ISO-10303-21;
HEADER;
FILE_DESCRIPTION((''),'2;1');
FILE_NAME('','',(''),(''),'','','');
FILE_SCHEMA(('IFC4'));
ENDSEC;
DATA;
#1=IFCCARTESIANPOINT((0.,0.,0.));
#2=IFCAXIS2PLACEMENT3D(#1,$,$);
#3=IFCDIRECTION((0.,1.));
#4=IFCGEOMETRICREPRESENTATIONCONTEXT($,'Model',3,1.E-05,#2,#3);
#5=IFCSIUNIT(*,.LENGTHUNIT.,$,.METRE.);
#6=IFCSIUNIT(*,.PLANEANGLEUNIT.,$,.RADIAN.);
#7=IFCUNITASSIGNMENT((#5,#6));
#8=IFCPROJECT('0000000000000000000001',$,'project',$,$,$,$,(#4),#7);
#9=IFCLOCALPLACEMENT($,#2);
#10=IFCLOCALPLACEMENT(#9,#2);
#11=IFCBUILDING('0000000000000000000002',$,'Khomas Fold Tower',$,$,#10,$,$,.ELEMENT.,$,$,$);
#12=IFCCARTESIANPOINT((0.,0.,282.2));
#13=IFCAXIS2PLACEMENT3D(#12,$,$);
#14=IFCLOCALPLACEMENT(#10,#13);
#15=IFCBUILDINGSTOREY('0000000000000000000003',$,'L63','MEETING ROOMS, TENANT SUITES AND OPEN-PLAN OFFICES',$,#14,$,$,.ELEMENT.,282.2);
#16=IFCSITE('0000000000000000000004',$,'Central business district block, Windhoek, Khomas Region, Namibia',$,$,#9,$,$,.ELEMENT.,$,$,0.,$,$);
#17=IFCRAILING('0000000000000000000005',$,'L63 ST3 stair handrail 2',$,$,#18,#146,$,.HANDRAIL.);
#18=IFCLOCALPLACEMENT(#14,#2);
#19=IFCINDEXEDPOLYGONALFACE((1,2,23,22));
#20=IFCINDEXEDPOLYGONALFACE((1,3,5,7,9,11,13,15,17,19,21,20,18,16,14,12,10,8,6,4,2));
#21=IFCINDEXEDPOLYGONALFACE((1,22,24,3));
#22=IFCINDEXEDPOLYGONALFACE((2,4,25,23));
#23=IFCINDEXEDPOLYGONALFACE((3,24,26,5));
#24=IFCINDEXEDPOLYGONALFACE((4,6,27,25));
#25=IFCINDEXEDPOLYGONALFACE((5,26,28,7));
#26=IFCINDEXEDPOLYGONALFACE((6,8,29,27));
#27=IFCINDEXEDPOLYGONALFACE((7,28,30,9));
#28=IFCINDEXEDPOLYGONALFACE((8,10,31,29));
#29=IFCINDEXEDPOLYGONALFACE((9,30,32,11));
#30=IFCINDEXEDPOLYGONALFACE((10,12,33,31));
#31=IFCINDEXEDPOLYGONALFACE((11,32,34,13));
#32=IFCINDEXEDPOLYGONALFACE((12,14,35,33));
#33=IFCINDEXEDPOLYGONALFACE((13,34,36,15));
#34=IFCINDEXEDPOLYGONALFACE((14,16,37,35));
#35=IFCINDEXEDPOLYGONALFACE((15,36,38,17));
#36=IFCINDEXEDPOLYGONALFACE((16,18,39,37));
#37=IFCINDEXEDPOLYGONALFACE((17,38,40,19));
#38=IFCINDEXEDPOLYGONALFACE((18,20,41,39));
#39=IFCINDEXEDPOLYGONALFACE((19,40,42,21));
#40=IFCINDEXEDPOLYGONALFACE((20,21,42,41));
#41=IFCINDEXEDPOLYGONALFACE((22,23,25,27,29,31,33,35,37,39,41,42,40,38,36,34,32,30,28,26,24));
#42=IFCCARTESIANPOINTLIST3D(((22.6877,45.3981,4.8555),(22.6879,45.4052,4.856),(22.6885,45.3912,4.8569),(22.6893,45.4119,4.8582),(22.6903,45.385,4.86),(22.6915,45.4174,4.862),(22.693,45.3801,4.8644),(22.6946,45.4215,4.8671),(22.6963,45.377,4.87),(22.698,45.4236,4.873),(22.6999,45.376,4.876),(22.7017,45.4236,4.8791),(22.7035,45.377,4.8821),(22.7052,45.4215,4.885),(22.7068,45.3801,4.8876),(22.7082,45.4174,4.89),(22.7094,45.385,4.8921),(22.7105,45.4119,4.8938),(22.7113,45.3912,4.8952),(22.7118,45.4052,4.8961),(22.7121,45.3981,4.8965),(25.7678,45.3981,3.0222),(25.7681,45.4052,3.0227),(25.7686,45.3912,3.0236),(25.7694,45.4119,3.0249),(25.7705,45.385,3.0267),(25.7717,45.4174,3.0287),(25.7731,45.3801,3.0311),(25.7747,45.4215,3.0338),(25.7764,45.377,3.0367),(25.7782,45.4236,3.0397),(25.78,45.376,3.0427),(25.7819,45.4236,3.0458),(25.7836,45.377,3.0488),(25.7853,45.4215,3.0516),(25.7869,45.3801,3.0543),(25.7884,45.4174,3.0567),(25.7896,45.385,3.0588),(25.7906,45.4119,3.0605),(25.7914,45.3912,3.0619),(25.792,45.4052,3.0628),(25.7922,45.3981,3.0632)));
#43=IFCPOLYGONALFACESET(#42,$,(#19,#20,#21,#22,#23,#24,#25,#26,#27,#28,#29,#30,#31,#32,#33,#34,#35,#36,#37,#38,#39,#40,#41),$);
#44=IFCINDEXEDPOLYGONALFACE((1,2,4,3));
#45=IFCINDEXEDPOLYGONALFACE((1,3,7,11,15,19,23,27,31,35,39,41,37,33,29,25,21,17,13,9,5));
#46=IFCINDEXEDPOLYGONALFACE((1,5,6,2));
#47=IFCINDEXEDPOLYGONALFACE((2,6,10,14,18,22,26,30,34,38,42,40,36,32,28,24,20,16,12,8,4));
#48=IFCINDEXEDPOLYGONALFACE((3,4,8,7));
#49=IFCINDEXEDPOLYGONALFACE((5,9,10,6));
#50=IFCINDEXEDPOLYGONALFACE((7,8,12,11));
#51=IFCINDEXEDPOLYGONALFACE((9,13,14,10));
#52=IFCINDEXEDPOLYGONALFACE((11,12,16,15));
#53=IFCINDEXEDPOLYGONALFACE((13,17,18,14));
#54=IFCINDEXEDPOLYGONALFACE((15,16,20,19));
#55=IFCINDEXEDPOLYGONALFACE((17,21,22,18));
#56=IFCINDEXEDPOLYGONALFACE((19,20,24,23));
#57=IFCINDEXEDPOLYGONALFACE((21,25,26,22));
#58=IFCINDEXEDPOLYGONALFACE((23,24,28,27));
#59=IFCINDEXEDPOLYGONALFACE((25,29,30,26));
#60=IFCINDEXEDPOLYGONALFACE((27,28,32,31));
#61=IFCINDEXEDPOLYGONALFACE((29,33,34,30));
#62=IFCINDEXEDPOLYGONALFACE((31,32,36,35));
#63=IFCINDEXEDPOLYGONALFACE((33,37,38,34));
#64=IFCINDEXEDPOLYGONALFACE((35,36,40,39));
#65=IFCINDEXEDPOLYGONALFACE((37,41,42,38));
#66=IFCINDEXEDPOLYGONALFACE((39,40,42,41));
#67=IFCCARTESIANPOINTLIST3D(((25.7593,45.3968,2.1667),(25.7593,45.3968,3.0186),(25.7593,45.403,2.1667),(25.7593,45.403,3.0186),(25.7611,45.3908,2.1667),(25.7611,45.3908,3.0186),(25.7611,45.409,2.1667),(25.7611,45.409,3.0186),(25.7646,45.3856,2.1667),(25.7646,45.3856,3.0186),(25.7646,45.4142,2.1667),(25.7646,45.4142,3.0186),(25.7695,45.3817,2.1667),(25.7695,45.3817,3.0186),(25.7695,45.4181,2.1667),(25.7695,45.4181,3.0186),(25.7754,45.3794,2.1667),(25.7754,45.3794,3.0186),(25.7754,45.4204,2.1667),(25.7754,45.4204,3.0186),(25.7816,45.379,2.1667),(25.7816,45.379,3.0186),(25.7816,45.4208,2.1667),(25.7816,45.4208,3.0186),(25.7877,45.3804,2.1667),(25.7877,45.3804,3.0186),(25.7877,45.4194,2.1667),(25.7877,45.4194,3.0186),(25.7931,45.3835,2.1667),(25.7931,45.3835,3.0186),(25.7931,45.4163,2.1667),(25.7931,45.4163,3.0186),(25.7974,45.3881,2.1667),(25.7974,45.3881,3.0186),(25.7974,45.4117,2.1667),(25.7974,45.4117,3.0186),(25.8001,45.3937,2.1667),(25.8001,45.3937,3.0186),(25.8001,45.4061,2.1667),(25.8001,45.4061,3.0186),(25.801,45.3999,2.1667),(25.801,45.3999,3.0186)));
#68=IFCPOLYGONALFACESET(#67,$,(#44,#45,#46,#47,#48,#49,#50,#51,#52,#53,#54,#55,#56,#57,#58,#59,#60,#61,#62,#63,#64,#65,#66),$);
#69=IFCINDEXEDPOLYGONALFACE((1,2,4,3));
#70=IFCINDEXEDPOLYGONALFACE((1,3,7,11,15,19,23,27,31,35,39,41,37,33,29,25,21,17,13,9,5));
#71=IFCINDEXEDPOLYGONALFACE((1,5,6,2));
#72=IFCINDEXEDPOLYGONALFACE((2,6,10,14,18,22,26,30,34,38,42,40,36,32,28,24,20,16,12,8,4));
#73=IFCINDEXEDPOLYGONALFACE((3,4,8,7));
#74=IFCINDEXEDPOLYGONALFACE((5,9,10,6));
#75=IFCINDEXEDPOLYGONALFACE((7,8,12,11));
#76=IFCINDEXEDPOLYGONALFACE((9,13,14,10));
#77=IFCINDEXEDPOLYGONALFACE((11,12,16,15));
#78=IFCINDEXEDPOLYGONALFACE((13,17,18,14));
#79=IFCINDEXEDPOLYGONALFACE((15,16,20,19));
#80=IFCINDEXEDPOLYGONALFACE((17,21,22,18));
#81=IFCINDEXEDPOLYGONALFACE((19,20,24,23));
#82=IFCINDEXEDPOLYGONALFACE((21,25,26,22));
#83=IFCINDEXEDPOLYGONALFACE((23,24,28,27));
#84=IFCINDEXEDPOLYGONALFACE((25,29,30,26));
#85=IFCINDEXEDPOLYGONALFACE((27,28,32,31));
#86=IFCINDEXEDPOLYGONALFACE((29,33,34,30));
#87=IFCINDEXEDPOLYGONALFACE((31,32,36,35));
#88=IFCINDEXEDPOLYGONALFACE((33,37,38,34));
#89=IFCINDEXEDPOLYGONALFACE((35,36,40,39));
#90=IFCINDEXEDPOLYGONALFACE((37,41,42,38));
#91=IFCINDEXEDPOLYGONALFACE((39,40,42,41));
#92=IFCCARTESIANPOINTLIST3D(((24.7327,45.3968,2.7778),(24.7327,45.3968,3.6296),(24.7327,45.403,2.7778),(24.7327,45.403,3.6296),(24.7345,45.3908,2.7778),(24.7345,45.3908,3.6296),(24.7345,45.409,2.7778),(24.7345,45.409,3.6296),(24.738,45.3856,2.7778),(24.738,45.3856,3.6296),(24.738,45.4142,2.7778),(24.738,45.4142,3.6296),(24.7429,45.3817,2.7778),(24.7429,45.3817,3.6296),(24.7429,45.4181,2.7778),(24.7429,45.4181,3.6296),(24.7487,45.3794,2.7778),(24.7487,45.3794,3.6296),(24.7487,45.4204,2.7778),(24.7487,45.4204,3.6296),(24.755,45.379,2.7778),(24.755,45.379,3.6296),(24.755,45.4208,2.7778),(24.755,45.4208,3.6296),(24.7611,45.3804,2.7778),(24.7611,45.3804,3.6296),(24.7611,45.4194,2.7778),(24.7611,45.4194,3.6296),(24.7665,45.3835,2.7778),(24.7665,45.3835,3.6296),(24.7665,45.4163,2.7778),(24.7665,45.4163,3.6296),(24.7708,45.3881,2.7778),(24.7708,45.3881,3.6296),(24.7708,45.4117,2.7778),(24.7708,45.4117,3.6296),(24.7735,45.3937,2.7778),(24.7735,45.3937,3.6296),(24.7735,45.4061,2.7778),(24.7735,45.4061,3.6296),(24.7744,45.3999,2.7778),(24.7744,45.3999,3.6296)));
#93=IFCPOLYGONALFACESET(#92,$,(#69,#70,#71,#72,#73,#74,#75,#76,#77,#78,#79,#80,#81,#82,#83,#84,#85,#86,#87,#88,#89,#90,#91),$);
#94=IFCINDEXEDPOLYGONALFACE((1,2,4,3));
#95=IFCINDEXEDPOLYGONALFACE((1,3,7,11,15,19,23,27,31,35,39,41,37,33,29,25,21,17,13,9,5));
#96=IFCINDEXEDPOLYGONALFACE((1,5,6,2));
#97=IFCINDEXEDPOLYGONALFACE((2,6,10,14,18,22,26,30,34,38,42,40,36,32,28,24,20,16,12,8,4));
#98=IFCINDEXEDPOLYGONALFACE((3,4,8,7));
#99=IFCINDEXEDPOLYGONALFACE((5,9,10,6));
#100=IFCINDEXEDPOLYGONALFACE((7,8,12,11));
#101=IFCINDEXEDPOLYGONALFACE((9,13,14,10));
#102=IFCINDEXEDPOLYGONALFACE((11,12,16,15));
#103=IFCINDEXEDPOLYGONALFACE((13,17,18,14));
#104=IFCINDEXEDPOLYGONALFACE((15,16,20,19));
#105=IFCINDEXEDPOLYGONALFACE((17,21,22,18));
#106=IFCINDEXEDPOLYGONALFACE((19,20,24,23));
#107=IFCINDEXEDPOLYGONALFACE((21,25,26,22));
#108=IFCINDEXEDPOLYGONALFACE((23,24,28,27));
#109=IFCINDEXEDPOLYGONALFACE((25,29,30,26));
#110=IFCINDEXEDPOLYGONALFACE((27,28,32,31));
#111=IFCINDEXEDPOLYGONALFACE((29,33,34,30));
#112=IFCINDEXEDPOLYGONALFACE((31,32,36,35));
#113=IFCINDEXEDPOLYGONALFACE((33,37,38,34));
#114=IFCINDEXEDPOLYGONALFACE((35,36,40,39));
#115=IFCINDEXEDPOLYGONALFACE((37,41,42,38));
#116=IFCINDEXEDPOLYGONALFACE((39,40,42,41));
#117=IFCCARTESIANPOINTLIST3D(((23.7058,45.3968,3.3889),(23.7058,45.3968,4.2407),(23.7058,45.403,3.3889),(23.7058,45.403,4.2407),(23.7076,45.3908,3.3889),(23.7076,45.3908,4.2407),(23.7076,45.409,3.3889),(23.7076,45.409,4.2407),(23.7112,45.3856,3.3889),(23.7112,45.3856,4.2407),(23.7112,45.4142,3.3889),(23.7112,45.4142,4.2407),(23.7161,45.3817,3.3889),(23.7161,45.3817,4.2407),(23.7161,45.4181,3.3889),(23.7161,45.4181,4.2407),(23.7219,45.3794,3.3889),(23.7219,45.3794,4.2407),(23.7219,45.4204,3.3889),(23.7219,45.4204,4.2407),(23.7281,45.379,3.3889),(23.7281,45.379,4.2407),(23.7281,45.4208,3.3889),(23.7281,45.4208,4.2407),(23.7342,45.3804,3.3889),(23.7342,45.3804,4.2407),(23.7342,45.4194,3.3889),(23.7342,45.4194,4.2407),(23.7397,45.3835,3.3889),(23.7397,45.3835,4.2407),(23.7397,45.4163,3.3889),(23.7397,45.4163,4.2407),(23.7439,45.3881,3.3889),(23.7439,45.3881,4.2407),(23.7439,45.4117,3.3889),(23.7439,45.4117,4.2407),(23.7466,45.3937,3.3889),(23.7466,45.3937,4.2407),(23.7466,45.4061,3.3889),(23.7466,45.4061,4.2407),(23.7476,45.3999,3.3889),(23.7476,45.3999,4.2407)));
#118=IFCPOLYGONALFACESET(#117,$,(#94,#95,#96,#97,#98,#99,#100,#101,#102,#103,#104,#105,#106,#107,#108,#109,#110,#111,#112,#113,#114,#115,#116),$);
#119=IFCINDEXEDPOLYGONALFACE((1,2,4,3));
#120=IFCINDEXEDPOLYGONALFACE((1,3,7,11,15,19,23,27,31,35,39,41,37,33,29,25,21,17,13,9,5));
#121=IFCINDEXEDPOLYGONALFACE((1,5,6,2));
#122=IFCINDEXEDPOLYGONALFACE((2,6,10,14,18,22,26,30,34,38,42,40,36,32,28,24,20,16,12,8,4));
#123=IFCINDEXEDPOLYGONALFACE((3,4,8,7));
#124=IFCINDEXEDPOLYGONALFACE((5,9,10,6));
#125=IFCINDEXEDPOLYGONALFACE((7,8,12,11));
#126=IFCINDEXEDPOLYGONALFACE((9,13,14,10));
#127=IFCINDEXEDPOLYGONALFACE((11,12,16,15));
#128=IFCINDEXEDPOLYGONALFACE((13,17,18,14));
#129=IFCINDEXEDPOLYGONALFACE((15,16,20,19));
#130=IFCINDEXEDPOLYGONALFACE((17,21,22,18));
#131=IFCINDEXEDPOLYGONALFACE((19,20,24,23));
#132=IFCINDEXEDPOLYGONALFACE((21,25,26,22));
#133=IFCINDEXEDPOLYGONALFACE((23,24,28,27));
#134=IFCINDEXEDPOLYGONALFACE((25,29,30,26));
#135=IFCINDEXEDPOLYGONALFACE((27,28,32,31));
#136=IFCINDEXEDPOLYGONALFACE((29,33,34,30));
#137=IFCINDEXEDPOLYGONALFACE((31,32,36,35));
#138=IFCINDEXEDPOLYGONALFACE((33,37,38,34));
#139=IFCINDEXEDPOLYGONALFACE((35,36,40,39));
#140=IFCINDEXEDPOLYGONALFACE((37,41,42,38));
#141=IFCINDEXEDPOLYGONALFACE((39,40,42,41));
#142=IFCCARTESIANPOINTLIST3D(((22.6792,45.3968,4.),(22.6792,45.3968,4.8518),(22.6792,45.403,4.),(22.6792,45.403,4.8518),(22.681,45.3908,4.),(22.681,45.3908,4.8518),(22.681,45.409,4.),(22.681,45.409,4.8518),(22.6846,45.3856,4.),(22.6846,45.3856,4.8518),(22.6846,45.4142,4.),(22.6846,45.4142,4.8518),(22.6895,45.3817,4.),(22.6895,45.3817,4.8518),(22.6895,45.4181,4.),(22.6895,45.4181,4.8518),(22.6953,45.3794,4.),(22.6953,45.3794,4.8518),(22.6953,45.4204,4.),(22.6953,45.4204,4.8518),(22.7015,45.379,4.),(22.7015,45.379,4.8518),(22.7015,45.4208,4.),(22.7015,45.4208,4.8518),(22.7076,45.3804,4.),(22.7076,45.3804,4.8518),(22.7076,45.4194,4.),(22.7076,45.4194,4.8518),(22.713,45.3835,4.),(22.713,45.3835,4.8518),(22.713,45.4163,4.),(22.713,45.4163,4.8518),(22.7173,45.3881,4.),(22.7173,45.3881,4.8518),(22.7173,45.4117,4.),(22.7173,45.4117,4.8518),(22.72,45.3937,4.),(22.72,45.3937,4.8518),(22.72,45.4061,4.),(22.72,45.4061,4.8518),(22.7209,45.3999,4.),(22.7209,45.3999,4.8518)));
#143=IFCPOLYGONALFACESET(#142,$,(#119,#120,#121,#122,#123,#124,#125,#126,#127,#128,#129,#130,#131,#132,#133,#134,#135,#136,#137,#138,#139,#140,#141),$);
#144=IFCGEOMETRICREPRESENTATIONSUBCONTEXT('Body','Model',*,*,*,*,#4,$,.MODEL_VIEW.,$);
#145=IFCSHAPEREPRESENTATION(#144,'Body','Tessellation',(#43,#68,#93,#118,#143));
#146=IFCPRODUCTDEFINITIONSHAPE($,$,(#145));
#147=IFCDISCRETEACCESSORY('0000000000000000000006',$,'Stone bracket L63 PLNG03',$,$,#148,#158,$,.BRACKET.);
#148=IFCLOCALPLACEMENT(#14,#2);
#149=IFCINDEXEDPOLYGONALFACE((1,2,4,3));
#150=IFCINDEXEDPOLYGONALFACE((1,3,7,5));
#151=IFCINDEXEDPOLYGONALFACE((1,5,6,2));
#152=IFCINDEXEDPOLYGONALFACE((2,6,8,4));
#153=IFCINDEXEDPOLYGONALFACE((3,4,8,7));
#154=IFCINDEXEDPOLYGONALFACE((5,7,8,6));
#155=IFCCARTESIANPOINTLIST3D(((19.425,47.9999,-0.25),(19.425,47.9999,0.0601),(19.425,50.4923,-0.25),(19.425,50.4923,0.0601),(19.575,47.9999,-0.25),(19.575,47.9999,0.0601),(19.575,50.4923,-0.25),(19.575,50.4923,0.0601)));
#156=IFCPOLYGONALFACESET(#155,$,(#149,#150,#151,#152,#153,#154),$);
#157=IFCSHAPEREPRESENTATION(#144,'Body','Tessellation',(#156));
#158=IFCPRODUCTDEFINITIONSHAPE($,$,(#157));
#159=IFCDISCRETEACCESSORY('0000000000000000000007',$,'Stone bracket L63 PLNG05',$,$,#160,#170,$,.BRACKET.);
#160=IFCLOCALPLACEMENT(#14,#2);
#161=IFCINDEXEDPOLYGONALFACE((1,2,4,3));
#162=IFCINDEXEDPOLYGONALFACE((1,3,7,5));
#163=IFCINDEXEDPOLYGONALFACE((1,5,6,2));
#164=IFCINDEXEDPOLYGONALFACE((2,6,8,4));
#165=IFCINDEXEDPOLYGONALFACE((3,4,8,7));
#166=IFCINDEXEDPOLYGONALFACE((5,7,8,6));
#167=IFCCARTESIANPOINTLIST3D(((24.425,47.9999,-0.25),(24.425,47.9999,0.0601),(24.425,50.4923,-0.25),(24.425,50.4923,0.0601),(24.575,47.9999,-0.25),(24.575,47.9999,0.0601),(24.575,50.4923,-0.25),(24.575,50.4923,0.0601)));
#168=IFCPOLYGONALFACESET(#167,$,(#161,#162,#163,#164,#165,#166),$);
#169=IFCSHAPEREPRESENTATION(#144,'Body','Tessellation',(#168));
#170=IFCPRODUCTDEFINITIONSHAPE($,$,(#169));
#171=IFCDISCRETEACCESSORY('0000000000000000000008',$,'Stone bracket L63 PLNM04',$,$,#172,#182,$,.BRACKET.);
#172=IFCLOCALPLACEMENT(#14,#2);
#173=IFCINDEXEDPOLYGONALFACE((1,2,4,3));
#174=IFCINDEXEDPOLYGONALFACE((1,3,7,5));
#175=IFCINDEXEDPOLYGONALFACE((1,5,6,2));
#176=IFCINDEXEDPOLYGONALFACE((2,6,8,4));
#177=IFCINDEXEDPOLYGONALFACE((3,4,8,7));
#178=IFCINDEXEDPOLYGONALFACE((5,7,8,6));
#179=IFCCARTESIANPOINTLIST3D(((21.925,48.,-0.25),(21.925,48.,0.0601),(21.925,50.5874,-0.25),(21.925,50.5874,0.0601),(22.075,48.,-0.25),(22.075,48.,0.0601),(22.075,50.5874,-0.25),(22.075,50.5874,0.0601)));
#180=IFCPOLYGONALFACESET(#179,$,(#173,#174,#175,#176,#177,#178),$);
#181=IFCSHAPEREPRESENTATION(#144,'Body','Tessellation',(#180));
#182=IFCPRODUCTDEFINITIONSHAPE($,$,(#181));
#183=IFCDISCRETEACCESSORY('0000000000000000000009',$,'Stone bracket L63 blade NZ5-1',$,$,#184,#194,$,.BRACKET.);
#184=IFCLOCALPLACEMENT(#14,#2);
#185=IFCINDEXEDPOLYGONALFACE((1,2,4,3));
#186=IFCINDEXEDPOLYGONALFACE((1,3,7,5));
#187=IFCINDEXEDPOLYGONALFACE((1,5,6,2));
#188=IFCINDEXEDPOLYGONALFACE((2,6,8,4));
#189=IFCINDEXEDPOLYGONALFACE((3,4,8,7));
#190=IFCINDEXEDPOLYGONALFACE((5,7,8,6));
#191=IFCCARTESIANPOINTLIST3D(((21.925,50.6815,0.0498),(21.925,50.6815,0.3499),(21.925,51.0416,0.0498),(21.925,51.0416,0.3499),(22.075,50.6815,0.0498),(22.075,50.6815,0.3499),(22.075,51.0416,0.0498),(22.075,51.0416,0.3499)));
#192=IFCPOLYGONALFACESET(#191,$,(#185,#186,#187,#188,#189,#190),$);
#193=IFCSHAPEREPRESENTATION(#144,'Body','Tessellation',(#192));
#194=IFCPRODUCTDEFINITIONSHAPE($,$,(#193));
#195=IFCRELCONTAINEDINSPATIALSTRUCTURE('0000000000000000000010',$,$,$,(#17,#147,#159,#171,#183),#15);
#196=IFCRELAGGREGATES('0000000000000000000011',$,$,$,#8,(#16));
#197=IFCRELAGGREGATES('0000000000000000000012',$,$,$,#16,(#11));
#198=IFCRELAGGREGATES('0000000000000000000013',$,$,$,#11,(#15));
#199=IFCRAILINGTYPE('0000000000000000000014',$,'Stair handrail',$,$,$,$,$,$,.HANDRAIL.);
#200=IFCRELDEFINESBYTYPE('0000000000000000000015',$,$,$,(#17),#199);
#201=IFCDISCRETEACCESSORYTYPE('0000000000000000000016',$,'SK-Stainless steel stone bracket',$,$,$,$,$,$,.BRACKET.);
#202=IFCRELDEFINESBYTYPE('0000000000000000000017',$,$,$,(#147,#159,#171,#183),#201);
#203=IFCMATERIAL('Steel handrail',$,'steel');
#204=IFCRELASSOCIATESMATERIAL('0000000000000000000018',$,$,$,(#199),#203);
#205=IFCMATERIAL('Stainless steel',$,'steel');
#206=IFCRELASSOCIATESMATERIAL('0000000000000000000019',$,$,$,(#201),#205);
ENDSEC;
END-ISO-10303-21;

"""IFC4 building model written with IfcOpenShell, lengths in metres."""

from ifc_helpers import new_model, si_unit, direction, frame, origin, origin_2d, place, context, subcontext, project, spatial, rectangle, circle, extrude, source, transform, mapped, material, type_object, element, save


model = new_model("IFC4")

# Units and contexts
model_context = context("Model", 3, precision=1e-05, world=origin(), true_north=direction((0.0, 1.0)))
body_context = subcontext(model_context, "Body", "Model", "MODEL_VIEW")
ifc_project = project(units=[si_unit("LENGTHUNIT", "METRE"), si_unit("PLANEANGLEUNIT", "RADIAN")], contexts=[model_context])

# Site, building, storey
site_placement = place(None, origin())
site = spatial("IfcSite", under=ifc_project, at=site_placement, Name="Central business district block, Windhoek, Khomas Region, Namibia", CompositionType="ELEMENT", RefElevation=0.0)
building_placement = place(site_placement, origin())
building = spatial("IfcBuilding", under=site, at=building_placement, Name="Khomas Fold Tower", CompositionType="ELEMENT")
storey_placement = place(building_placement, frame((0.0, 0.0, 282.2)))
storey = spatial("IfcBuildingStorey", under=building, at=storey_placement, Name="L63", Description="MEETING ROOMS, TENANT SUITES AND OPEN-PLAN OFFICES", CompositionType="ELEMENT", Elevation=282.2)

# Railing
ifc_material_1 = material(Name="Steel handrail", Category="steel")
railing_type_1 = type_object("IfcRailingType", Name="Stair handrail", PredefinedType="HANDRAIL", material=ifc_material_1)
shared_shape_1 = source(origin(), body_context, "Body", "SweptSolid", [
    extrude(circle(Radius=0.0239, at=origin_2d()), frame((0.0, 0.0, 0.876), z_axis=(-0.859309, 0.0, 0.511458), x_axis=(0.0, -1.0, 0.0)), (0.0, 0.0, 1.0), 3.5845),
    extrude(circle(Radius=0.021, at=origin_2d()), origin(), (0.0, 0.0, 1.0), 0.8518),
    extrude(circle(Radius=0.021, at=origin_2d()), frame((-1.0266, 0.0, 0.6111)), (0.0, 0.0, 1.0), 0.8518),
    extrude(circle(Radius=0.021, at=origin_2d()), frame((-2.0535, 0.0, 1.2222)), (0.0, 0.0, 1.0), 0.8518),
    extrude(circle(Radius=0.021, at=origin_2d()), frame((-3.0801, 0.0, 1.8333)), (0.0, 0.0, 1.0), 0.8518),
])
railing_1_placement = place(storey_placement, frame((25.78, 45.3999, 2.1667)))
element("IfcRailing", 1, at=railing_1_placement, inside=storey, type_object=railing_type_1, Name="L63 ST3 stair handrail 2", PredefinedType="HANDRAIL", context=body_context, shape_type="MappedRepresentation", body=[
    mapped(shared_shape_1, transform((0.0, 0.0, 0.0))),
])

# Discrete accessories
ifc_material_2 = material(Name="Stainless steel", Category="steel")
discrete_accessory_type = type_object("IfcDiscreteAccessoryType", Name="SK-Stainless steel stone bracket", PredefinedType="BRACKET", material=ifc_material_2)
shared_shape_2 = source(origin(), body_context, "Body", "SweptSolid", [
    extrude(rectangle(XDim=2.4924, YDim=0.1499, at=origin_2d()), origin(), (0.0, 0.0, 1.0), 0.3101),
])
for number, where, z_axis, x_axis, name in (
    (2, (19.5, 49.2461, -0.25), (0.0, 0.0, 1.0), (0.0, 1.0, 0.0), "Stone bracket L63 PLNG03"),
    (3, (24.5, 49.2461, -0.25), (0.0, 0.0, 1.0), (0.0, 1.0, 0.0), "Stone bracket L63 PLNG05"),
):
    element("IfcDiscreteAccessory", number, at=place(storey_placement, frame(where, z_axis=z_axis, x_axis=x_axis)), inside=storey, type_object=discrete_accessory_type, Name=name, PredefinedType="BRACKET", context=body_context, shape_type="MappedRepresentation", body=[
        mapped(shared_shape_2, transform((0.0, 0.0, 0.0))),
    ])
shared_shape_3 = source(origin(), body_context, "Body", "SweptSolid", [
    extrude(rectangle(XDim=2.5874, YDim=0.1499, at=origin_2d()), origin(), (0.0, 0.0, 1.0), 0.3101),
])
discrete_accessory_1_placement = place(storey_placement, frame((22.0, 49.2937, -0.25), z_axis=(0.0, 0.0, 1.0), x_axis=(0.0, 1.0, 0.0)))
element("IfcDiscreteAccessory", 4, at=discrete_accessory_1_placement, inside=storey, type_object=discrete_accessory_type, Name="Stone bracket L63 PLNM04", PredefinedType="BRACKET", context=body_context, shape_type="MappedRepresentation", body=[
    mapped(shared_shape_3, transform((0.0, 0.0, 0.0))),
])
shared_shape_4 = source(origin(), body_context, "Body", "SweptSolid", [
    extrude(rectangle(XDim=0.3601, YDim=0.1499, at=origin_2d()), origin(), (0.0, 0.0, 1.0), 0.3),
])
discrete_accessory_2_placement = place(storey_placement, frame((22.0, 50.8616, 0.0498), z_axis=(0.0, 0.0, 1.0), x_axis=(0.0, 1.0, 0.0)))
element("IfcDiscreteAccessory", 5, at=discrete_accessory_2_placement, inside=storey, type_object=discrete_accessory_type, Name="Stone bracket L63 blade NZ5-1", PredefinedType="BRACKET", context=body_context, shape_type="MappedRepresentation", body=[
    mapped(shared_shape_4, transform((0.0, 0.0, 0.0))),
])

save(model, "model.ifc")
